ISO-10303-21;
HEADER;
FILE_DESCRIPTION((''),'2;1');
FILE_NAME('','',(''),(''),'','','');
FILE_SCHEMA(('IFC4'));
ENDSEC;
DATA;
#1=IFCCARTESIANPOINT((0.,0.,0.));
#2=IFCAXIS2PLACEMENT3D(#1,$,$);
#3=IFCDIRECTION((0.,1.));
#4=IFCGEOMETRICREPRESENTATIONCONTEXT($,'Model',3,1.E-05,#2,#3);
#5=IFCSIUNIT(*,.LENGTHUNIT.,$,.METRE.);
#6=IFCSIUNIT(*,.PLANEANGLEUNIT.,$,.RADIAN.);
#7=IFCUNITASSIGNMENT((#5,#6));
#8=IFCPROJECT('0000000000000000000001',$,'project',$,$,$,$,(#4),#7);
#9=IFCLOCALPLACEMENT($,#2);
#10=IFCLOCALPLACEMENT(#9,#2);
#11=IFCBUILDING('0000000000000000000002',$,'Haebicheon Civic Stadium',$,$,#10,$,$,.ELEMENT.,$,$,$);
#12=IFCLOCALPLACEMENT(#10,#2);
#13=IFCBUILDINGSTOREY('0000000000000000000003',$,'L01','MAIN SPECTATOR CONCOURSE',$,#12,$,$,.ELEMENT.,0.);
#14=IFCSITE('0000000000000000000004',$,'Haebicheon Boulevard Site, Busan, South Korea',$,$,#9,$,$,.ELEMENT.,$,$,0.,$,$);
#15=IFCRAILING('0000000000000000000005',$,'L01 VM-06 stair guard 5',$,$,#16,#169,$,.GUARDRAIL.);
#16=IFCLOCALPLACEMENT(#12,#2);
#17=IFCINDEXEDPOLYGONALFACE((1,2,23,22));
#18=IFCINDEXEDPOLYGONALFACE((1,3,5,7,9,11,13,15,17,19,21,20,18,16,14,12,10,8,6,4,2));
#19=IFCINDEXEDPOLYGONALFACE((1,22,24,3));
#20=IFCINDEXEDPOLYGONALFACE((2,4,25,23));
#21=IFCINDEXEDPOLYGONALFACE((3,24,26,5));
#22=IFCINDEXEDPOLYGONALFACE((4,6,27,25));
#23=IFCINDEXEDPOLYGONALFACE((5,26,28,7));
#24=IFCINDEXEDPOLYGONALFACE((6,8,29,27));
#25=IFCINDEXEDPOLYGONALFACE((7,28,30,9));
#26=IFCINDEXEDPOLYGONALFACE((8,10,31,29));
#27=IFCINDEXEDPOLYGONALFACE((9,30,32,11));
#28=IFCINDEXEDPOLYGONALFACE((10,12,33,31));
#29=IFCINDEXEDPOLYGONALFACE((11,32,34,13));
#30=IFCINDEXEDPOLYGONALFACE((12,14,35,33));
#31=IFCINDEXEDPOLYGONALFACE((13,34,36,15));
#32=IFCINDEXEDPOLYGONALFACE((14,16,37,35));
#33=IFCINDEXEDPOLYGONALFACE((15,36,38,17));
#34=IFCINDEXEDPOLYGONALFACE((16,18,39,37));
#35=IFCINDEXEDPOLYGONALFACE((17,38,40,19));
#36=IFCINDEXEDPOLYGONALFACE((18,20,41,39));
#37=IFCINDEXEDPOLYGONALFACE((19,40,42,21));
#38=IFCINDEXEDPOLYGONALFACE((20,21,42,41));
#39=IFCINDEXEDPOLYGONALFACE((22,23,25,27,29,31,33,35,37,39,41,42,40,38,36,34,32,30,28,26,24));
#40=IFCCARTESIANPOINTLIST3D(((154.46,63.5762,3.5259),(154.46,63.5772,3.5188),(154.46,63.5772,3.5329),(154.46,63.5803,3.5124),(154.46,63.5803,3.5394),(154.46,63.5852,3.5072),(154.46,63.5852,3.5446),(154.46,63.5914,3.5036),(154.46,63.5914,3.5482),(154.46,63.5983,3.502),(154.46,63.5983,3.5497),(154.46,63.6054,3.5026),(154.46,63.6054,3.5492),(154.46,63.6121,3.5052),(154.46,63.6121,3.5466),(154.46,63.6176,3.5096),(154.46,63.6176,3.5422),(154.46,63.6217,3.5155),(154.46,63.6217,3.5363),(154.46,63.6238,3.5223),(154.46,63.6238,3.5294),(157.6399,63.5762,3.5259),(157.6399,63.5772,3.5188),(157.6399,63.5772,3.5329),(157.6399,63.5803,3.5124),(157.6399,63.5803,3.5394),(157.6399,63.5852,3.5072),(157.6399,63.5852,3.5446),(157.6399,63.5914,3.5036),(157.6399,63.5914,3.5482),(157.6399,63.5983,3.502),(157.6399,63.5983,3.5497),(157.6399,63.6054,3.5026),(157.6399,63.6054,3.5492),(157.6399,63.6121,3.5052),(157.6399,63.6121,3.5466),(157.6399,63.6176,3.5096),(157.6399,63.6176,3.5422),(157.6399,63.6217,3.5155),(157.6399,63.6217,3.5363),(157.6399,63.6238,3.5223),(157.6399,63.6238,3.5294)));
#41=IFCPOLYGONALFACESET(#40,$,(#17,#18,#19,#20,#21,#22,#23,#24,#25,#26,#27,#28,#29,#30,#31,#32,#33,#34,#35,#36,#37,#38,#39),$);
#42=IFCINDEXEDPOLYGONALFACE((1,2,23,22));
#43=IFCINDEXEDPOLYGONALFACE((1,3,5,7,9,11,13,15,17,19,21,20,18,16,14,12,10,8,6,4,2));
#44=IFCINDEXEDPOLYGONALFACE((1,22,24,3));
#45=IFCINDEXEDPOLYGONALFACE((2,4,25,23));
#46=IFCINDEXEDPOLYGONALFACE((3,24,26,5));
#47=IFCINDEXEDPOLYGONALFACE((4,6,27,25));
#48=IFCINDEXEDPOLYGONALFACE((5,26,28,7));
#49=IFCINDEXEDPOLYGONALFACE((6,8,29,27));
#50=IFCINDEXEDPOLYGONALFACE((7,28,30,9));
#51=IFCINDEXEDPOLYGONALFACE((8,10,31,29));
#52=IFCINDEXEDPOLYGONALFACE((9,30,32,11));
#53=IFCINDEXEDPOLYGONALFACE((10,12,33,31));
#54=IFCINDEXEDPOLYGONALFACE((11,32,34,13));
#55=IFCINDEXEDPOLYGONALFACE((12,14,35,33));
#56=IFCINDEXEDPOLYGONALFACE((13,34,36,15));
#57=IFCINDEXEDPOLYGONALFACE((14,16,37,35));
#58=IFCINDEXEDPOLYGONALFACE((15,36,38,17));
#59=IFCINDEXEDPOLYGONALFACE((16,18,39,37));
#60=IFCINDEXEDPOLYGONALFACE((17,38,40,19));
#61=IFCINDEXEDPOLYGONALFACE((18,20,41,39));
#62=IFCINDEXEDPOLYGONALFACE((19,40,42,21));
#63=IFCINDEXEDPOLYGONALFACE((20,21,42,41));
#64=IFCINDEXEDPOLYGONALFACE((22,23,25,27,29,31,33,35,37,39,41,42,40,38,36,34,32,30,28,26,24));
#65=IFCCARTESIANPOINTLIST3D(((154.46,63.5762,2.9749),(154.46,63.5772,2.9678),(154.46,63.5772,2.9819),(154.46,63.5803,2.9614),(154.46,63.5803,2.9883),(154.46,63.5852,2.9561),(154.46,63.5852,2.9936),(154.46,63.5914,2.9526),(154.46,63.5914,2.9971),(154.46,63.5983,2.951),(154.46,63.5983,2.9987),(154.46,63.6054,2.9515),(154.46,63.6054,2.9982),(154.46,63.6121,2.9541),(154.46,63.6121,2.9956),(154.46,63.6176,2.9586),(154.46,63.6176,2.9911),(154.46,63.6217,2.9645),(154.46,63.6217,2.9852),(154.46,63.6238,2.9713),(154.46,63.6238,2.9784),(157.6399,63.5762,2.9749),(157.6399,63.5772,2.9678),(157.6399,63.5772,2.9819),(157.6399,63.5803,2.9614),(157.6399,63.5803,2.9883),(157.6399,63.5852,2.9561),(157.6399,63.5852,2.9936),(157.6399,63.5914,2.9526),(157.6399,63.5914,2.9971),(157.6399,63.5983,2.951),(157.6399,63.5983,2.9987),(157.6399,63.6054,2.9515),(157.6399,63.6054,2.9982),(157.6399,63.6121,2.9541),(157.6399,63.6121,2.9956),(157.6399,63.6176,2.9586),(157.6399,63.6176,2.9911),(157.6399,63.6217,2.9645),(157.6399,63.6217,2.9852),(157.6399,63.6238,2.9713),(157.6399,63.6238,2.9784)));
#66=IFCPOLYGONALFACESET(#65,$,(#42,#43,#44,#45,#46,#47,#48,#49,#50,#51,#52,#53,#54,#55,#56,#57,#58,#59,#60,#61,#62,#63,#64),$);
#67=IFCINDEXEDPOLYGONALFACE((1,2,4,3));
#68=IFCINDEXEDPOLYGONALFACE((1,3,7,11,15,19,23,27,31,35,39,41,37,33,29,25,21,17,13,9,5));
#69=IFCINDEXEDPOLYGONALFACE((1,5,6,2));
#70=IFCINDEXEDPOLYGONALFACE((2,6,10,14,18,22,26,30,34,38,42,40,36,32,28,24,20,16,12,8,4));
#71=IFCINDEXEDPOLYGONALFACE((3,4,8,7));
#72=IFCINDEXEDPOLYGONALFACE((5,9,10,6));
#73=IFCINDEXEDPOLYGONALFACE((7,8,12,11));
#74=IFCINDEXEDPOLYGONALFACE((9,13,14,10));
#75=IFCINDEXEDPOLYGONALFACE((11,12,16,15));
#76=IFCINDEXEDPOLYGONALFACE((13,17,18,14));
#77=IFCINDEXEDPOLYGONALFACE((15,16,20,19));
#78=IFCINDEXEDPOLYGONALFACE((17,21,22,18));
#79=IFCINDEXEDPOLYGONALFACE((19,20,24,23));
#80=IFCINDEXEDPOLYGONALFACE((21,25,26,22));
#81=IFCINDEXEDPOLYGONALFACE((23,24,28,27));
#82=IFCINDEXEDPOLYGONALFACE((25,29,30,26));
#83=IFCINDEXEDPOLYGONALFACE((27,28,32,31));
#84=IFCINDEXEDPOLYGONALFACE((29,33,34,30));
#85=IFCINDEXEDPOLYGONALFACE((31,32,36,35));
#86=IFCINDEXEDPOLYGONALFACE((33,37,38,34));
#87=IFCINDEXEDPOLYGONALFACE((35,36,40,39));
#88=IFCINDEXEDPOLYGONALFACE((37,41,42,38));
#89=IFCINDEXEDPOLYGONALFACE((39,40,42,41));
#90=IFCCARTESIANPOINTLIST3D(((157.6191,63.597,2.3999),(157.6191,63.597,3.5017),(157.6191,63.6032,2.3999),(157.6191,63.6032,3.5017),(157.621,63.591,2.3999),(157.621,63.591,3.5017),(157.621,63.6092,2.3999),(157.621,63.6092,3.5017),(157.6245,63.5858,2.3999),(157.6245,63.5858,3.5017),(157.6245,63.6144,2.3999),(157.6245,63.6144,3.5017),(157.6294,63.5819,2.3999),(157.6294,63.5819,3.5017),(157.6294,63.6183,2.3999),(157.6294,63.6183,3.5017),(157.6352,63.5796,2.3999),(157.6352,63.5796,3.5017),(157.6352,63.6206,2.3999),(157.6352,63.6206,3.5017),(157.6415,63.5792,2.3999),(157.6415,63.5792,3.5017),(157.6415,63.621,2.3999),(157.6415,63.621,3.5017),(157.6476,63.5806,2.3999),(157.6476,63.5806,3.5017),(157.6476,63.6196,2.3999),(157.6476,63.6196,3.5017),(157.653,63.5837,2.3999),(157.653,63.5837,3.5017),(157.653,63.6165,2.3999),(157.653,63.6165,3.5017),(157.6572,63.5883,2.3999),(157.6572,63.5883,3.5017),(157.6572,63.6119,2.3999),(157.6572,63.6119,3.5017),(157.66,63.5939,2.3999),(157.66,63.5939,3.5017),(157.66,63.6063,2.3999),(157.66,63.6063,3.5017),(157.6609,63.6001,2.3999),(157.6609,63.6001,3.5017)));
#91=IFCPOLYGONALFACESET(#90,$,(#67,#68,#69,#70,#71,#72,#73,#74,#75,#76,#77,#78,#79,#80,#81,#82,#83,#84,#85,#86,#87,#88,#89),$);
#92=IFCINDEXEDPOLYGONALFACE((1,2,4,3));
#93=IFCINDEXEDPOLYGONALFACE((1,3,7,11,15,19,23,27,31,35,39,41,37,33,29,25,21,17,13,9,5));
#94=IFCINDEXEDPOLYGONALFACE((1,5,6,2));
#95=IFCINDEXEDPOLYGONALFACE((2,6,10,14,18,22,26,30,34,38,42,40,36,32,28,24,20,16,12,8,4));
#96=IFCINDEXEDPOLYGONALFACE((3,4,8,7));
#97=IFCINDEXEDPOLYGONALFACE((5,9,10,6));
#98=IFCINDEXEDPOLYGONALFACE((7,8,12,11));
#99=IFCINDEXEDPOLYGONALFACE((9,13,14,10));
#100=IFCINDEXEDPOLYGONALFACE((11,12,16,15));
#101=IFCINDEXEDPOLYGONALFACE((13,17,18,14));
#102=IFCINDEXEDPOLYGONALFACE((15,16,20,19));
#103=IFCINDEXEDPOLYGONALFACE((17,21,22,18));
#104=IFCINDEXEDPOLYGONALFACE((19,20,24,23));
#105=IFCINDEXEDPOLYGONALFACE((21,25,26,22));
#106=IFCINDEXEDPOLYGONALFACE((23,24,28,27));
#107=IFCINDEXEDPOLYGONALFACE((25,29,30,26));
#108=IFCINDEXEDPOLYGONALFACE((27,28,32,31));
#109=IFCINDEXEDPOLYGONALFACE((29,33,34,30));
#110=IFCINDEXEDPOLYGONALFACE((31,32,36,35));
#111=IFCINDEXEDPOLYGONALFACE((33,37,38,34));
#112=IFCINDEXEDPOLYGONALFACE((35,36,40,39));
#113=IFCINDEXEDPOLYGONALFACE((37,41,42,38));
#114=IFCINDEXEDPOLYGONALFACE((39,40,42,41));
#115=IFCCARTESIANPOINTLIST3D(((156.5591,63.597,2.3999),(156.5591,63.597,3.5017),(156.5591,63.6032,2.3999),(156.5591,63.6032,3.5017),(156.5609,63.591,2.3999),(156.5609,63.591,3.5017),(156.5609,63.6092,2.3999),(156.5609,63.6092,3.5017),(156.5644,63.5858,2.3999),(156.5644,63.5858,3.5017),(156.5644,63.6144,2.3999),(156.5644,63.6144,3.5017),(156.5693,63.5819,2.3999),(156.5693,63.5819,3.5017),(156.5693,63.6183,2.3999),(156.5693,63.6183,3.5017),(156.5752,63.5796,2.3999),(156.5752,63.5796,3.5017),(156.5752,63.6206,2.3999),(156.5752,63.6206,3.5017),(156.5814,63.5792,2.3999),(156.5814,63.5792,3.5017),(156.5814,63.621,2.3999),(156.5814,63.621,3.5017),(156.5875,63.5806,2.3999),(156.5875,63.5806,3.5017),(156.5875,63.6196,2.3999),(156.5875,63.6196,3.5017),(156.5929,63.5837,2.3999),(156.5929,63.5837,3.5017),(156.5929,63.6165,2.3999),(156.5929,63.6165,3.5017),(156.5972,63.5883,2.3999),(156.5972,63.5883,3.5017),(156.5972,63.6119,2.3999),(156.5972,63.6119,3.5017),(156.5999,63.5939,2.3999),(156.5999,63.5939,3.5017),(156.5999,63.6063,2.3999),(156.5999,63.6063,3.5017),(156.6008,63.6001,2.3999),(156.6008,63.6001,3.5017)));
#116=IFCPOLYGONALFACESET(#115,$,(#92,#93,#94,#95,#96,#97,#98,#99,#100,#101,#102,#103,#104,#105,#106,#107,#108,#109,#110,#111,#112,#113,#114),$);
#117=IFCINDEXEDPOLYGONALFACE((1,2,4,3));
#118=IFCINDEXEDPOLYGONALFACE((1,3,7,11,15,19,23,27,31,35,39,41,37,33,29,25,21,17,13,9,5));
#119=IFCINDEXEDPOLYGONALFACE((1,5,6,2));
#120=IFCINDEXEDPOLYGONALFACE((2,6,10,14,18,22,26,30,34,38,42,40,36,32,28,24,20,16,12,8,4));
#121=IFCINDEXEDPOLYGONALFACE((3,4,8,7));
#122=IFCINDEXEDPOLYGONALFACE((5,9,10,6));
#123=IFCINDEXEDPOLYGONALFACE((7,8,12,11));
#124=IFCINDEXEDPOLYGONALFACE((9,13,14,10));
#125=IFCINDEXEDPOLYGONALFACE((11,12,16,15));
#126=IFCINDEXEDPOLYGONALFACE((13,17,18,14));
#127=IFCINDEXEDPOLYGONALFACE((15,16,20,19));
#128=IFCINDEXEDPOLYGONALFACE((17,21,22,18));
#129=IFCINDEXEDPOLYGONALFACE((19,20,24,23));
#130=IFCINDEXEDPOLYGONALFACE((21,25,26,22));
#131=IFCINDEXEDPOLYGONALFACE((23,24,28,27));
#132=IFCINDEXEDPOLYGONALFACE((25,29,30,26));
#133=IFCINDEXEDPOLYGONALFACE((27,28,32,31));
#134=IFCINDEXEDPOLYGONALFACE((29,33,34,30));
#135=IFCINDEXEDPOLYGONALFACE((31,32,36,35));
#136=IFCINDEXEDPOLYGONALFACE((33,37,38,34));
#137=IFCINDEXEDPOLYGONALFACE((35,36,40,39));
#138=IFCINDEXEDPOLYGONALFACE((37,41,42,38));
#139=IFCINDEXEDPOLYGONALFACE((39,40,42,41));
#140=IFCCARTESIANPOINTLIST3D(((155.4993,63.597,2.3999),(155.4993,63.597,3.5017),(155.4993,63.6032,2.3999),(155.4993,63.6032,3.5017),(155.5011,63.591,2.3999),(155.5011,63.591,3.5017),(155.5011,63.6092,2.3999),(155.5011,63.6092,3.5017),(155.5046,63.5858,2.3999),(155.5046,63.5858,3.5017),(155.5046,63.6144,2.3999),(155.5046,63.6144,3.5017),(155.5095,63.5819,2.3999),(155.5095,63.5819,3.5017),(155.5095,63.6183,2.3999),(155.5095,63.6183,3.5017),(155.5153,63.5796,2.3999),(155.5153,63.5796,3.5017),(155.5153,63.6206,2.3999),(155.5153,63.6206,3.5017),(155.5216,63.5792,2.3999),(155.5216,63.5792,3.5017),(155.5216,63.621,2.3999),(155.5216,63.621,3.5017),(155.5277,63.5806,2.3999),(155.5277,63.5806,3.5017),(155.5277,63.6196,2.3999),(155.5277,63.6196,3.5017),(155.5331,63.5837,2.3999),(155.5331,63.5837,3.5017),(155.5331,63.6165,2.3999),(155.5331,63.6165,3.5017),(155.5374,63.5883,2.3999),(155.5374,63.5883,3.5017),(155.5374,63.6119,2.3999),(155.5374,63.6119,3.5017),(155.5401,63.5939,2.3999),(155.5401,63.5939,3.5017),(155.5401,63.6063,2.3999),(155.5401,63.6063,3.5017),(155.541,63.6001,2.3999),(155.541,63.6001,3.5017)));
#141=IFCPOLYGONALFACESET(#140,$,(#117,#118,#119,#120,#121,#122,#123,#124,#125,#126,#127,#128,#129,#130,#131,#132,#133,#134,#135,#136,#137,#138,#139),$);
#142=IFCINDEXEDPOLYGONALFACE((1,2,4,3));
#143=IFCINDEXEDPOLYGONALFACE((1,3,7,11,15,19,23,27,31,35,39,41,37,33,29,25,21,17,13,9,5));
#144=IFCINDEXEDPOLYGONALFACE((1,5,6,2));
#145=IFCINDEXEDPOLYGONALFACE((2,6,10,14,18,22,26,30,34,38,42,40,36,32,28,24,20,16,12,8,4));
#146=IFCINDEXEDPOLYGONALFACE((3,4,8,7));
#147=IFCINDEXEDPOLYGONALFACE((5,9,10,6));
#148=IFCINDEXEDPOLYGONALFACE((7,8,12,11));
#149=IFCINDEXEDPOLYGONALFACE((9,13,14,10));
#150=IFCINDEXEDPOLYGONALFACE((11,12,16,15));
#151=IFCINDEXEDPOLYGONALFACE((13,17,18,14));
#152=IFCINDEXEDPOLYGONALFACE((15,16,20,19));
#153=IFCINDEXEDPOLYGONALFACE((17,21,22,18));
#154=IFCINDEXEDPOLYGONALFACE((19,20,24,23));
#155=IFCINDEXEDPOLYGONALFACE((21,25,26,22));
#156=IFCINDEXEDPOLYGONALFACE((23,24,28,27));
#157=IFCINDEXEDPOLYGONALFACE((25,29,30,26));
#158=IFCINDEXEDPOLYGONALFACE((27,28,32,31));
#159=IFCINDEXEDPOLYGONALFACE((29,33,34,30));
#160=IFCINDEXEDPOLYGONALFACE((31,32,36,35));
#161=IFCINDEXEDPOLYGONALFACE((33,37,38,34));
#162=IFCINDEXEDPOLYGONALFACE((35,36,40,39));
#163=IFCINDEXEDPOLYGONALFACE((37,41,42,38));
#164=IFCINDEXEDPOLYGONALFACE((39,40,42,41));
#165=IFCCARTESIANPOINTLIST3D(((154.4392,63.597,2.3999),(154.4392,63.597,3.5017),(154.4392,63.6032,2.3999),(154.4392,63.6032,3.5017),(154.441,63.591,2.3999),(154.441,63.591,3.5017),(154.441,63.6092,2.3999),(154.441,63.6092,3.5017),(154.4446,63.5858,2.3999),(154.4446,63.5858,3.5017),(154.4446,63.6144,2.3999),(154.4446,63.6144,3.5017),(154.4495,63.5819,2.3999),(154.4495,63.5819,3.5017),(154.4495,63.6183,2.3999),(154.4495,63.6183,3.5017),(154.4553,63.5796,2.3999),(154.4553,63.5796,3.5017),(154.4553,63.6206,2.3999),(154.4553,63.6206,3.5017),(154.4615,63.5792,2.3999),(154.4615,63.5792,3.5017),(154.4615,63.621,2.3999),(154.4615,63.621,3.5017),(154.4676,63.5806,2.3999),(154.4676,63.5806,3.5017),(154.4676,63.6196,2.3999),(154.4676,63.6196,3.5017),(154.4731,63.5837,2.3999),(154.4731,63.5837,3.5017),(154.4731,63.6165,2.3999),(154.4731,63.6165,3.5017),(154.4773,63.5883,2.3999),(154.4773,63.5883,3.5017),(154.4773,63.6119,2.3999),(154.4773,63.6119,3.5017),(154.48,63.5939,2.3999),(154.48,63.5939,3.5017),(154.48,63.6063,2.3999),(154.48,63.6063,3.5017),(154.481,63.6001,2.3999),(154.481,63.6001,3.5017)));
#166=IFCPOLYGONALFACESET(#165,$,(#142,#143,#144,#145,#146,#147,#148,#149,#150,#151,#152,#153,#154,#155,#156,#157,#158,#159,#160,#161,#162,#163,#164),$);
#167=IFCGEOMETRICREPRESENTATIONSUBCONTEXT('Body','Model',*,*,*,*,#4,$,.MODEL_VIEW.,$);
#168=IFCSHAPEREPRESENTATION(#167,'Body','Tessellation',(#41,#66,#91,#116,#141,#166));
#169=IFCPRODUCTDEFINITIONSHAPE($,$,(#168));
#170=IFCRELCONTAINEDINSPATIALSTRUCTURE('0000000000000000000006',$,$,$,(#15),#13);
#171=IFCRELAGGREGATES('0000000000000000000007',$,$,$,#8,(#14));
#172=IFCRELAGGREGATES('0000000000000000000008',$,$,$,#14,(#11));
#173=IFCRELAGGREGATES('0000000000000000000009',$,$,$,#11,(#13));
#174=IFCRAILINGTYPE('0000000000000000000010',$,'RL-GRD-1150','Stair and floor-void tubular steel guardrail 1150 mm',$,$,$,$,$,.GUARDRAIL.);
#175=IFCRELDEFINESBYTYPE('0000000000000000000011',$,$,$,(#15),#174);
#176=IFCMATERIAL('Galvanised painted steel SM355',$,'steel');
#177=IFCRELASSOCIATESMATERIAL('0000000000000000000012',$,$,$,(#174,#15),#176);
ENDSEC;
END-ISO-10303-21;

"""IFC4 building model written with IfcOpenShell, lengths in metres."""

from ifc_helpers import new_model, si_unit, direction, frame, origin, origin_2d, place, context, subcontext, project, spatial, circle, extrude, material, type_object, element, save


model = new_model("IFC4")

# Units and contexts
model_context = context("Model", 3, precision=1e-05, world=origin(), true_north=direction((0.0, 1.0)))
body_context = subcontext(model_context, "Body", "Model", "MODEL_VIEW")
ifc_project = project(units=[si_unit("LENGTHUNIT", "METRE"), si_unit("PLANEANGLEUNIT", "RADIAN")], contexts=[model_context])

# Site, building, storey
site_placement = place(None, origin())
site = spatial("IfcSite", under=ifc_project, at=site_placement, Name="Haebicheon Boulevard Site, Busan, South Korea", CompositionType="ELEMENT", RefElevation=0.0)
building_placement = place(site_placement, origin())
building = spatial("IfcBuilding", under=site, at=building_placement, Name="Haebicheon Civic Stadium", CompositionType="ELEMENT")
storey_placement = place(building_placement, origin())
storey = spatial("IfcBuildingStorey", under=building, at=storey_placement, Name="L01", Description="MAIN SPECTATOR CONCOURSE", CompositionType="ELEMENT", Elevation=0.0)

# Railing
ifc_material_1 = material(Name="Galvanised painted steel SM355", Category="steel")
railing_type_1 = type_object("IfcRailingType", Name="RL-GRD-1150", Description="Stair and floor-void tubular steel guardrail 1150 mm", PredefinedType="GUARDRAIL", material=ifc_material_1)
railing_1_placement = place(storey_placement, frame((157.6399, 63.6001, 2.3999)))
element("IfcRailing", 1, at=railing_1_placement, inside=storey, type_object=railing_type_1, material=ifc_material_1, Name="L01 VM-06 stair guard 5", PredefinedType="GUARDRAIL", context=body_context, shape_type="SweptSolid", body=[
    extrude(circle(Radius=0.0239, at=origin_2d()), frame((0.0, 0.0, 1.126), z_axis=(-1.0, 0.0, 0.0), x_axis=(0.0, -1.0, 0.0)), (0.0, 0.0, 1.0), 3.1799),
    extrude(circle(Radius=0.0239, at=origin_2d()), frame((0.0, 0.0, 0.575), z_axis=(-1.0, 0.0, 0.0), x_axis=(0.0, -1.0, 0.0)), (0.0, 0.0, 1.0), 3.1799),
    extrude(circle(Radius=0.021, at=origin_2d()), origin(), (0.0, 0.0, 1.0), 1.1018),
    extrude(circle(Radius=0.021, at=origin_2d()), frame((-1.0601, 0.0, 0.0)), (0.0, 0.0, 1.0), 1.1018),
    extrude(circle(Radius=0.021, at=origin_2d()), frame((-2.1199, 0.0, 0.0)), (0.0, 0.0, 1.0), 1.1018),
    extrude(circle(Radius=0.021, at=origin_2d()), frame((-3.1799, 0.0, 0.0)), (0.0, 0.0, 1.0), 1.1018),
])

save(model, "model.ifc")
